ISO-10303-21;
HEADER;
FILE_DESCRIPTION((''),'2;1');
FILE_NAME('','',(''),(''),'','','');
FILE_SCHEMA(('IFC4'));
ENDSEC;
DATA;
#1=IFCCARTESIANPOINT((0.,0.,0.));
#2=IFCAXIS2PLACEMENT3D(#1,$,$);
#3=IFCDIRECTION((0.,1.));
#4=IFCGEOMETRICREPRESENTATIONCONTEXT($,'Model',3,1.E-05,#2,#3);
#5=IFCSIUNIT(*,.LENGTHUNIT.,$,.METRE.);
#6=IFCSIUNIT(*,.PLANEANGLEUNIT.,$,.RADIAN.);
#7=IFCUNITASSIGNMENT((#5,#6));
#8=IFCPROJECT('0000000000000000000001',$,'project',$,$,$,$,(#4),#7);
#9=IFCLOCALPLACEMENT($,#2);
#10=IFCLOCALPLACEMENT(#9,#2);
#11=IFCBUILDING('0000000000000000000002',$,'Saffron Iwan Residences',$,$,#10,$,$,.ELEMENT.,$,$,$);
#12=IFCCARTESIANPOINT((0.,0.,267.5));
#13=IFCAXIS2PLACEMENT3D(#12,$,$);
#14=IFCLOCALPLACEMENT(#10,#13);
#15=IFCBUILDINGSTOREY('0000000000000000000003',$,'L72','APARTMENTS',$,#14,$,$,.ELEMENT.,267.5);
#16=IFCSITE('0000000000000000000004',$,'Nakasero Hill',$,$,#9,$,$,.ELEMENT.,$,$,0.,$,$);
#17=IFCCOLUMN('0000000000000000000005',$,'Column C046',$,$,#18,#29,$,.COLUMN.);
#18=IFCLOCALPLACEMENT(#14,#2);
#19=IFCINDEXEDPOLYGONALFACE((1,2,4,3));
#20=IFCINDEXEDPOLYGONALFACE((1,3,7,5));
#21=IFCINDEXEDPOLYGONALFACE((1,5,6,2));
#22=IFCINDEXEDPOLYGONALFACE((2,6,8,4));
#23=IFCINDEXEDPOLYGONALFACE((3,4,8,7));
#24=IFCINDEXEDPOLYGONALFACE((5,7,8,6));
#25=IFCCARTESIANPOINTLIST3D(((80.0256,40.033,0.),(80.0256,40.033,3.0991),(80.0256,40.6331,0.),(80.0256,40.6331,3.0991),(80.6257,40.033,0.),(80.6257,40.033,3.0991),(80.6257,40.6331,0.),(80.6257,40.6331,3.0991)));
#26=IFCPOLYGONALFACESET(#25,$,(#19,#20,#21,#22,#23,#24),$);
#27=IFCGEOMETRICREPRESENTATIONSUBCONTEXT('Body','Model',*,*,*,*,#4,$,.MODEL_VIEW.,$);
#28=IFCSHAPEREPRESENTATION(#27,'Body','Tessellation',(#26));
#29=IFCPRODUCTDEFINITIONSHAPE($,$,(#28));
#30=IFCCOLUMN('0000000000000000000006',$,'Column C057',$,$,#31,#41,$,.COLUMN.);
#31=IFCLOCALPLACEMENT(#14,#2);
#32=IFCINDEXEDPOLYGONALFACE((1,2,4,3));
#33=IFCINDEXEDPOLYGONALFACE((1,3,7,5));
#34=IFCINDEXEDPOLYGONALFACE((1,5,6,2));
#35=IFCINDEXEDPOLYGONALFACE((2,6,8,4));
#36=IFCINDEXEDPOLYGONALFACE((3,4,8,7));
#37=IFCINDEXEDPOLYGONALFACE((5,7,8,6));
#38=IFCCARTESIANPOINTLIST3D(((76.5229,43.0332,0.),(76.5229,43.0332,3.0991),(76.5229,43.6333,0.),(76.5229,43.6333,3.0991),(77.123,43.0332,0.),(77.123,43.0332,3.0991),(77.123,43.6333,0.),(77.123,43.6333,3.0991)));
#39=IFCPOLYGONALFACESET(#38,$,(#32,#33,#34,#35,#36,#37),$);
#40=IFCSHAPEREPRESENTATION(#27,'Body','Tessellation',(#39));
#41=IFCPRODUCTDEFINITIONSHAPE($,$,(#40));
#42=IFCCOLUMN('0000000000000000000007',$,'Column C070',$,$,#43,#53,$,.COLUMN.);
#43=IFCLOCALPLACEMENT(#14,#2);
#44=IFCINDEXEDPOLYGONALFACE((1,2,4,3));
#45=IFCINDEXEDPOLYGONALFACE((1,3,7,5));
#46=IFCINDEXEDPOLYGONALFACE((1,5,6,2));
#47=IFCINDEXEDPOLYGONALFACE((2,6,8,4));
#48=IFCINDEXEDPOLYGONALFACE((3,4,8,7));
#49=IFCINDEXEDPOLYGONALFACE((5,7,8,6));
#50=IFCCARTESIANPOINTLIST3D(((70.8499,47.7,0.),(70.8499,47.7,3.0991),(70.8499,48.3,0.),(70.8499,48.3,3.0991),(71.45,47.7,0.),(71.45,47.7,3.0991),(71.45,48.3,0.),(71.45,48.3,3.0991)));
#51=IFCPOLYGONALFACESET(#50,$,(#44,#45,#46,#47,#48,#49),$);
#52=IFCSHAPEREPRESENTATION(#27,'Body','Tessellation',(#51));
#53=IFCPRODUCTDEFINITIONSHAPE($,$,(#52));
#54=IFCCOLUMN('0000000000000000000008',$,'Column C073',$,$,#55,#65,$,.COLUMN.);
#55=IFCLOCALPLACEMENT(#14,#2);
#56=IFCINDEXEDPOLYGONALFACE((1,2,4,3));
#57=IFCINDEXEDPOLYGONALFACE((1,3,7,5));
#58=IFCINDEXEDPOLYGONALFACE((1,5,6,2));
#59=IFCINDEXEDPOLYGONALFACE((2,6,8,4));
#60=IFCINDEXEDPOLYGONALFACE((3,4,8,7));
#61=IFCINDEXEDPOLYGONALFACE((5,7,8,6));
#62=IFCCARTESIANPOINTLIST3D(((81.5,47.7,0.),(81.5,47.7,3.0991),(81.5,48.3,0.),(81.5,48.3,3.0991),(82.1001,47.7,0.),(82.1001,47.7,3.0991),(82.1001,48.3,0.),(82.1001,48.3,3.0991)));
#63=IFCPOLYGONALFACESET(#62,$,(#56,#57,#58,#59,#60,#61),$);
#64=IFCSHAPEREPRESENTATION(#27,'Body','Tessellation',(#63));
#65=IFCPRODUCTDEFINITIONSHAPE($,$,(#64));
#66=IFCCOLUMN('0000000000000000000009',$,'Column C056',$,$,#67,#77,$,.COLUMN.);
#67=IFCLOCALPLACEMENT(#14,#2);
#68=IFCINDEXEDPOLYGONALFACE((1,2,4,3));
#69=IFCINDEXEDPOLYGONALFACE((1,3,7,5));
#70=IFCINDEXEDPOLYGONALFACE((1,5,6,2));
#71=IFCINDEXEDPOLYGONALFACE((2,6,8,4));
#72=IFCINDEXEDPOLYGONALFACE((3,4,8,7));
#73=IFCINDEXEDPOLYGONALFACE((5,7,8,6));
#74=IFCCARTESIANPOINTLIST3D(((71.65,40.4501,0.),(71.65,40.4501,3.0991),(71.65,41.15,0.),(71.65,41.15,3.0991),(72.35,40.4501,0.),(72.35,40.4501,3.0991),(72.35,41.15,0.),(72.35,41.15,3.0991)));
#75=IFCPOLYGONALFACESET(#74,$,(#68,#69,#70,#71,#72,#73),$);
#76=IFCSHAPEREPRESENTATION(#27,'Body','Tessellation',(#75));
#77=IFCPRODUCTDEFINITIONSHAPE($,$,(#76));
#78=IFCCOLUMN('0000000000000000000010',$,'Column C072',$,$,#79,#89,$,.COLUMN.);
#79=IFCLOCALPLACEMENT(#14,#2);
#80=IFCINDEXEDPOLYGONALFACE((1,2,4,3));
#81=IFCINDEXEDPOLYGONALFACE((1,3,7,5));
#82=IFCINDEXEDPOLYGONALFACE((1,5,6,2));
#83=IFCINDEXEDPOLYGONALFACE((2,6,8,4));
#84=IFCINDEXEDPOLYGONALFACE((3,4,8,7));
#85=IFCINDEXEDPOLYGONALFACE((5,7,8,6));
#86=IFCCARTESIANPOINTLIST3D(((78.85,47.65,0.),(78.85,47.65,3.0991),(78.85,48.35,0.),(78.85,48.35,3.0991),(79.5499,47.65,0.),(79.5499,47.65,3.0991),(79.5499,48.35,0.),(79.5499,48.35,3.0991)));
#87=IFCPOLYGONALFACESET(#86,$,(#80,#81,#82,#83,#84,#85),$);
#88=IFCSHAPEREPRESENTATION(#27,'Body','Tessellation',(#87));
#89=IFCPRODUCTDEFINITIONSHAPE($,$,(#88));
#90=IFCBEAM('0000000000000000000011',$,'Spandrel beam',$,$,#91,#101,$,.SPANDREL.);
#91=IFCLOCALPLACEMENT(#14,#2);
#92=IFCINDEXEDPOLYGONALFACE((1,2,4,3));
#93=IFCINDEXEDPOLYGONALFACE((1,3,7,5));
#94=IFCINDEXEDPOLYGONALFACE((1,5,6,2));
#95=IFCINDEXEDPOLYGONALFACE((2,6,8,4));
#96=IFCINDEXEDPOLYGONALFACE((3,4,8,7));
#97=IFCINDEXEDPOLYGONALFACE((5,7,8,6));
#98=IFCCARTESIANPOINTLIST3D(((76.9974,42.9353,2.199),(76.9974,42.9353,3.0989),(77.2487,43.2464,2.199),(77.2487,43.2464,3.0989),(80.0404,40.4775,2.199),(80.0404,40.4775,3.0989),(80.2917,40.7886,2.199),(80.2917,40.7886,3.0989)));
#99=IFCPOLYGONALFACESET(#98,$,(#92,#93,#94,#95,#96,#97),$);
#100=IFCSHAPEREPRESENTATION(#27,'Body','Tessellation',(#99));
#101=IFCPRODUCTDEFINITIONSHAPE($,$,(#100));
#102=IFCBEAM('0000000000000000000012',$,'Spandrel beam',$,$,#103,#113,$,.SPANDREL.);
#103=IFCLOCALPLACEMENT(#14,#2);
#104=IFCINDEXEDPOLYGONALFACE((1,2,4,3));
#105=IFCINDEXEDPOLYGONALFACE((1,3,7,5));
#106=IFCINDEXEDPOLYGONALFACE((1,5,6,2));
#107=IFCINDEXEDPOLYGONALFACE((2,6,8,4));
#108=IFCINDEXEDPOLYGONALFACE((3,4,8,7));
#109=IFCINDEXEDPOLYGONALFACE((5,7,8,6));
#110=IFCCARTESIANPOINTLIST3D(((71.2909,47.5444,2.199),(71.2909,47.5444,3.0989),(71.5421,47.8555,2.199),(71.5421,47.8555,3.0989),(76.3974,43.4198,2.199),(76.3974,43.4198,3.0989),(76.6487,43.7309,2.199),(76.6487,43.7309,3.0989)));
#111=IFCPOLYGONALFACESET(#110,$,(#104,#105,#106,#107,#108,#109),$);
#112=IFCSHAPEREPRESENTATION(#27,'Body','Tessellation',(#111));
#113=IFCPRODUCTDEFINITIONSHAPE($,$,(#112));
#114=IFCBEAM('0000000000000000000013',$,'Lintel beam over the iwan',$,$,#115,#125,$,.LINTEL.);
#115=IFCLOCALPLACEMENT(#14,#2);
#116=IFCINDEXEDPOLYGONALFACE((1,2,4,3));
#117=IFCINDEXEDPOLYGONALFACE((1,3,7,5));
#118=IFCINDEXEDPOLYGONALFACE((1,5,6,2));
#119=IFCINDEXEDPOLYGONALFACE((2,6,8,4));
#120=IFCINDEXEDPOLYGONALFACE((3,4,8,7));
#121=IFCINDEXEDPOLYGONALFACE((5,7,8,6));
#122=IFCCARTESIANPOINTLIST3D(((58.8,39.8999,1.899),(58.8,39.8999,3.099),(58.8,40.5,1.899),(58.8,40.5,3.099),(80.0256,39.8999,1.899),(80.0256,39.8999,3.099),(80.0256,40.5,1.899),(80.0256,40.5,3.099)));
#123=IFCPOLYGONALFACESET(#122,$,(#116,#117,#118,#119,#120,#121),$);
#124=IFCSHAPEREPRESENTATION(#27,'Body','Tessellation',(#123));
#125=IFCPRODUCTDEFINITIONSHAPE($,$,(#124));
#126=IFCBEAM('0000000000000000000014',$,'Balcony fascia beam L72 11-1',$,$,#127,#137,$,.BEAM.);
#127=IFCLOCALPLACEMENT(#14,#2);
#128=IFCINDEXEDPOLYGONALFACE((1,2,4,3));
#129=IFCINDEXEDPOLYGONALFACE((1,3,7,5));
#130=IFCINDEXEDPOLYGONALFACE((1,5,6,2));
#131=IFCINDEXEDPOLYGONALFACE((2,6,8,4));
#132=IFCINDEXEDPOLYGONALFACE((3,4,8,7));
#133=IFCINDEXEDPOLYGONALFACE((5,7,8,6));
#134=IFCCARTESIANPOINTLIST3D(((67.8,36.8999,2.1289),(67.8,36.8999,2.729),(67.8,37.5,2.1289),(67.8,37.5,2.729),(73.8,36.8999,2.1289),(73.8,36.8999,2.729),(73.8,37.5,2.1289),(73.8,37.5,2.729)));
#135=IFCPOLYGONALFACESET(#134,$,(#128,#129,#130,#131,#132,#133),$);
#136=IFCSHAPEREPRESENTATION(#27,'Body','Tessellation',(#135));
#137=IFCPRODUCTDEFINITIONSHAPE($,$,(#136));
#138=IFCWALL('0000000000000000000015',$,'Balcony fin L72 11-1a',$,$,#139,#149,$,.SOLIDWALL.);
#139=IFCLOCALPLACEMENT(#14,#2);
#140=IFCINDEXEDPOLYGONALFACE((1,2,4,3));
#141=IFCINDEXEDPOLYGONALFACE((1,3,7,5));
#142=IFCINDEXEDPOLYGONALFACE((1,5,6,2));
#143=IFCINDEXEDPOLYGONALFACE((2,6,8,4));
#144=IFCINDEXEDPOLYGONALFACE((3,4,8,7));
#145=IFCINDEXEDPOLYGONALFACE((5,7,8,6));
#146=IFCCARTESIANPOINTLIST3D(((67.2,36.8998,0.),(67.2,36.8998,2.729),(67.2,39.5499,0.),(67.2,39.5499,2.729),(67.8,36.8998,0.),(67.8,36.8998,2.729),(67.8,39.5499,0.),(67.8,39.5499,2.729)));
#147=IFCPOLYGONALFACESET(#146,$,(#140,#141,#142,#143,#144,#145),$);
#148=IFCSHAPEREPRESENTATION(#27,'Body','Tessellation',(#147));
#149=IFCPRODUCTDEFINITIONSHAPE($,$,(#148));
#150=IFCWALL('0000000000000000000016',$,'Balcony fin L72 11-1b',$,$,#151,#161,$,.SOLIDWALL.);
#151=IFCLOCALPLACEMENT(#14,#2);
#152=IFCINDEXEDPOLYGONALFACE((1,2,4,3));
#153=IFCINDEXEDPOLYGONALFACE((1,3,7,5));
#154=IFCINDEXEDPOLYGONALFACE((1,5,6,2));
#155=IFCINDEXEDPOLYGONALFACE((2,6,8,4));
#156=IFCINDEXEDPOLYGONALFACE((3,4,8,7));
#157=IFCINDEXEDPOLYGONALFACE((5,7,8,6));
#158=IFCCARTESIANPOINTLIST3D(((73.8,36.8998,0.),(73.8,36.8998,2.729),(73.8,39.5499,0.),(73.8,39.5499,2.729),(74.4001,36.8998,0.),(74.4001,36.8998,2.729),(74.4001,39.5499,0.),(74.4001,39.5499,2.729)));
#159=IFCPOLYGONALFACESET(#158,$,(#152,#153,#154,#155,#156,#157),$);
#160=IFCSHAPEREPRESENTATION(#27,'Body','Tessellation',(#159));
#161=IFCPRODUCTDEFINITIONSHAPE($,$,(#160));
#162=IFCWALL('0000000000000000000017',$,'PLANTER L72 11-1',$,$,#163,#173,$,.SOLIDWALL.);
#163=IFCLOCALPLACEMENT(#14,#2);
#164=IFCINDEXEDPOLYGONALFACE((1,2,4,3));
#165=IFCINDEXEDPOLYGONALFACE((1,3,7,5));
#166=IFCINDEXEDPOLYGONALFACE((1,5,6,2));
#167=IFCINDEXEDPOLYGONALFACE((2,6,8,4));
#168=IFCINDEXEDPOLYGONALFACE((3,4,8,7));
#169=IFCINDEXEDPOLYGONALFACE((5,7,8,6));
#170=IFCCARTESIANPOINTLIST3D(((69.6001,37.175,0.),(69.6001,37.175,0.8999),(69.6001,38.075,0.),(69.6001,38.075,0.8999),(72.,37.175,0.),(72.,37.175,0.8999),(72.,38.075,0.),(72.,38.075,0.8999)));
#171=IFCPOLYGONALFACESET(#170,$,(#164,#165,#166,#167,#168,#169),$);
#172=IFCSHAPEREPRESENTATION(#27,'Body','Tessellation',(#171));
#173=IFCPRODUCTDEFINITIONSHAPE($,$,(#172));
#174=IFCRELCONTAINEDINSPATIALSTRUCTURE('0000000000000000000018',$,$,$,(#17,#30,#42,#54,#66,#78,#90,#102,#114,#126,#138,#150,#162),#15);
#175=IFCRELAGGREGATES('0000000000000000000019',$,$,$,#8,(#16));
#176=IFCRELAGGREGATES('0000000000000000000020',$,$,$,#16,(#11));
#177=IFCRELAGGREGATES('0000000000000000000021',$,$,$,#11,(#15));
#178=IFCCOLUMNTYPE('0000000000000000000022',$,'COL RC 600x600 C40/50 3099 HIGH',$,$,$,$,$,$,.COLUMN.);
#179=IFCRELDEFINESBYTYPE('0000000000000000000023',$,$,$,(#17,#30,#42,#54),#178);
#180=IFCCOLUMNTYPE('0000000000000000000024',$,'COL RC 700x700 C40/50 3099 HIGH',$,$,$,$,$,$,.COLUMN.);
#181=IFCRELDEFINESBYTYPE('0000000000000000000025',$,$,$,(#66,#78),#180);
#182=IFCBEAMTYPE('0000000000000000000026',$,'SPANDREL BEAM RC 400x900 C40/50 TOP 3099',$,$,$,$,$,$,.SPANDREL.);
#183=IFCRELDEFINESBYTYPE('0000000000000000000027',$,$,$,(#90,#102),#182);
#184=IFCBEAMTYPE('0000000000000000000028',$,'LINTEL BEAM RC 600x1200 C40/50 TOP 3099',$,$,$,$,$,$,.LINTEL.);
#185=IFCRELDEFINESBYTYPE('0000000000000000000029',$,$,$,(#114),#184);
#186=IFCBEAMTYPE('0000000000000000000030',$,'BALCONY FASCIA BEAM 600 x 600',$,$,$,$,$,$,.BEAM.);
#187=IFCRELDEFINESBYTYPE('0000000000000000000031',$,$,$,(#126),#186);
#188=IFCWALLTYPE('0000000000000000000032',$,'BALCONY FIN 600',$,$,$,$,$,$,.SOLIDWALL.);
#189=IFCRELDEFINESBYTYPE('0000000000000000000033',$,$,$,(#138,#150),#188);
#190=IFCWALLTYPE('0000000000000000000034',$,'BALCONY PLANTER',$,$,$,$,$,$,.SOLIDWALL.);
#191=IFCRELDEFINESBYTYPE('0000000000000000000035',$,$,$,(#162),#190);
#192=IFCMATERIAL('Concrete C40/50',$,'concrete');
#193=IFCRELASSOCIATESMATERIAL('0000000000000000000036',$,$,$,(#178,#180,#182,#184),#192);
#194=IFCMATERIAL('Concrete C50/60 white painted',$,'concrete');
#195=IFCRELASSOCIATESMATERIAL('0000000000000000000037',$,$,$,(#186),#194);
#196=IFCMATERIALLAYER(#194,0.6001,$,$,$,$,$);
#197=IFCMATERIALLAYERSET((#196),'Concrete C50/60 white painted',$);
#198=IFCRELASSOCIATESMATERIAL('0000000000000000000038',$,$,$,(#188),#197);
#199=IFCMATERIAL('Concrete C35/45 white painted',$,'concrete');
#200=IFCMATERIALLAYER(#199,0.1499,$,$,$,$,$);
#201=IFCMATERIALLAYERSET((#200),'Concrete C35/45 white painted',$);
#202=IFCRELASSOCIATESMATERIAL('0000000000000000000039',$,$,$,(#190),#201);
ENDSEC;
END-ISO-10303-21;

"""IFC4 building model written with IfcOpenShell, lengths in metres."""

from ifc_helpers import new_model, si_unit, direction, frame, frame_2d, origin, origin_2d, place, context, subcontext, project, spatial, rectangle, extrude, source, transform, mapped, material, layer, layer_set, material_profile, profile_set, type_object, element, save


model = new_model("IFC4")

# Units and contexts
model_context = context("Model", 3, precision=1e-05, world=origin(), true_north=direction((0.0, 1.0)))
body_context = subcontext(model_context, "Body", "Model", "MODEL_VIEW")
ifc_project = project(units=[si_unit("LENGTHUNIT", "METRE"), si_unit("PLANEANGLEUNIT", "RADIAN")], contexts=[model_context])

# Site, building, storey
site_placement = place(None, origin())
site = spatial("IfcSite", under=ifc_project, at=site_placement, Name="Nakasero Hill", CompositionType="ELEMENT", RefElevation=0.0)
building_placement = place(site_placement, origin())
building = spatial("IfcBuilding", under=site, at=building_placement, Name="Saffron Iwan Residences", CompositionType="ELEMENT")
storey_placement = place(building_placement, frame((0.0, 0.0, 267.5)))
storey = spatial("IfcBuildingStorey", under=building, at=storey_placement, Name="L72", Description="APARTMENTS", CompositionType="ELEMENT", Elevation=267.5)

# Columns
ifc_material_1 = material(Name="Concrete C40/50", Category="concrete")
ifc_material_profile_1 = material_profile(ifc_material_1, rectangle(XDim=0.6001, YDim=0.6001, at=origin_2d()), Name="RC 600x600")
ifc_profile_set_1 = profile_set([ifc_material_profile_1], Name="Concrete C40/50")
column_type_1 = type_object("IfcColumnType", Name="COL RC 600x600 C40/50 3099 HIGH", PredefinedType="COLUMN", material=ifc_profile_set_1)
shared_shape_1 = source(origin(), body_context, "Body", "SweptSolid", [
    extrude(rectangle(XDim=0.6001, YDim=0.6001, at=origin_2d()), origin(), (0.0, 0.0, 1.0), 3.0991),
])
for number, where, z_axis, x_axis, name in (
    (1, (80.3257, 40.333, 0.0), (0.0, 0.0, 1.0), (1.0, 0.0, 0.0), "Column C046"),
    (2, (76.823, 43.3333, 0.0), (0.0, 0.0, 1.0), (1.0, 0.0, 0.0), "Column C057"),
    (3, (71.1499, 48.0, 0.0), (0.0, 0.0, 1.0), (1.0, 0.0, 0.0), "Column C070"),
    (4, (81.8, 48.0, 0.0), (0.0, 0.0, 1.0), (1.0, 0.0, 0.0), "Column C073"),
):
    element("IfcColumn", number, at=place(storey_placement, frame(where, z_axis=z_axis, x_axis=x_axis)), inside=storey, type_object=column_type_1, Name=name, PredefinedType="COLUMN", context=body_context, shape_type="MappedRepresentation", body=[
        mapped(shared_shape_1, transform((0.0, 0.0, 0.0))),
    ])
ifc_material_profile_2 = material_profile(ifc_material_1, rectangle(XDim=0.7, YDim=0.7, at=origin_2d()), Name="RC 700x700")
ifc_profile_set_2 = profile_set([ifc_material_profile_2], Name="Concrete C40/50")
column_type_2 = type_object("IfcColumnType", Name="COL RC 700x700 C40/50 3099 HIGH", PredefinedType="COLUMN", material=ifc_profile_set_2)
shared_shape_2 = source(origin(), body_context, "Body", "SweptSolid", [
    extrude(rectangle(XDim=0.7, YDim=0.7, at=origin_2d()), origin(), (0.0, 0.0, 1.0), 3.0991),
])
for number, where, z_axis, x_axis, name in (
    (5, (72.0, 40.8, 0.0), (0.0, 0.0, 1.0), (1.0, 0.0, 0.0), "Column C056"),
    (6, (79.2, 48.0, 0.0), (0.0, 0.0, 1.0), (1.0, 0.0, 0.0), "Column C072"),
):
    element("IfcColumn", number, at=place(storey_placement, frame(where, z_axis=z_axis, x_axis=x_axis)), inside=storey, type_object=column_type_2, Name=name, PredefinedType="COLUMN", context=body_context, shape_type="MappedRepresentation", body=[
        mapped(shared_shape_2, transform((0.0, 0.0, 0.0))),
    ])

# Beams
ifc_material_profile_3 = material_profile(ifc_material_1, rectangle(XDim=0.3999, YDim=0.8999, at=origin_2d()), Name="RC 400x900")
ifc_profile_set_3 = profile_set([ifc_material_profile_3], Name="Concrete C40/50")
beam_type_1 = type_object("IfcBeamType", Name="SPANDREL BEAM RC 400x900 C40/50 TOP 3099", PredefinedType="SPANDREL", material=ifc_profile_set_3)
shared_shape_3 = source(origin(), body_context, "Body", "SweptSolid", [
    extrude(rectangle(XDim=0.3999, YDim=0.8999, at=origin_2d()), origin(), (0.0, 0.0, 1.0), 3.9116),
])
beam_1_placement = place(storey_placement, frame((77.123, 43.0908, 2.6489), z_axis=(0.777944, -0.628334, 0.0), x_axis=(0.628334, 0.777944, 0.0)))
element("IfcBeam", 7, at=beam_1_placement, inside=storey, type_object=beam_type_1, Name="Spandrel beam", PredefinedType="SPANDREL", context=body_context, shape_type="MappedRepresentation", body=[
    mapped(shared_shape_3, transform((0.0, 0.0, 0.0))),
])
shared_shape_4 = source(origin(), body_context, "Body", "SweptSolid", [
    extrude(rectangle(XDim=0.3999, YDim=0.8999, at=origin_2d()), origin(), (0.0, 0.0, 1.0), 6.5642),
])
beam_2_placement = place(storey_placement, frame((71.4165, 47.7, 2.6489), z_axis=(0.777936, -0.628344, 0.0), x_axis=(0.628344, 0.777936, 0.0)))
element("IfcBeam", 8, at=beam_2_placement, inside=storey, type_object=beam_type_1, Name="Spandrel beam", PredefinedType="SPANDREL", context=body_context, shape_type="MappedRepresentation", body=[
    mapped(shared_shape_4, transform((0.0, 0.0, 0.0))),
])
ifc_material_profile_4 = material_profile(ifc_material_1, rectangle(XDim=0.6001, YDim=1.2, at=origin_2d()), Name="RC 600x1200")
ifc_profile_set_4 = profile_set([ifc_material_profile_4], Name="Concrete C40/50")
beam_type_2 = type_object("IfcBeamType", Name="LINTEL BEAM RC 600x1200 C40/50 TOP 3099", PredefinedType="LINTEL", material=ifc_profile_set_4)
shared_shape_5 = source(origin(), body_context, "Body", "SweptSolid", [
    extrude(rectangle(XDim=0.6001, YDim=1.2, at=origin_2d()), origin(), (0.0, 0.0, 1.0), 21.2256),
])
beam_3_placement = place(storey_placement, frame((80.0256, 40.2, 2.499), z_axis=(-1.0, 0.0, 0.0), x_axis=(0.0, -1.0, 0.0)))
element("IfcBeam", 9, at=beam_3_placement, inside=storey, type_object=beam_type_2, Name="Lintel beam over the iwan", PredefinedType="LINTEL", context=body_context, shape_type="MappedRepresentation", body=[
    mapped(shared_shape_5, transform((0.0, 0.0, 0.0))),
])
ifc_material_2 = material(Name="Concrete C50/60 white painted", Category="concrete")
ifc_material_profile_5 = material_profile(ifc_material_2, rectangle(XDim=0.6001, YDim=0.6001, at=origin_2d()), Name="BALCONY FASCIA BEAM 600 x 600")
ifc_profile_set_5 = profile_set([ifc_material_profile_5], Name="Concrete C50/60 white painted")
beam_type_3 = type_object("IfcBeamType", Name="BALCONY FASCIA BEAM 600 x 600", PredefinedType="BEAM", material=ifc_profile_set_5)
shared_shape_6 = source(origin(), body_context, "Body", "SweptSolid", [
    extrude(rectangle(XDim=0.6001, YDim=0.6001, at=origin_2d()), origin(), (0.0, 0.0, 1.0), 6.0),
])
beam_4_placement = place(storey_placement, frame((67.8, 37.2, 2.429), z_axis=(1.0, 0.0, 0.0), x_axis=(0.0, 1.0, 0.0)))
element("IfcBeam", 10, at=beam_4_placement, inside=storey, type_object=beam_type_3, Name="Balcony fascia beam L72 11-1", PredefinedType="BEAM", context=body_context, shape_type="MappedRepresentation", body=[
    mapped(shared_shape_6, transform((0.0, 0.0, 0.0))),
])

# Walls
ifc_layer_1 = layer(ifc_material_2, 0.6001)
ifc_layer_set_1 = layer_set([ifc_layer_1], Name="Concrete C50/60 white painted")
wall_type_1 = type_object("IfcWallType", Name="BALCONY FIN 600", PredefinedType="SOLIDWALL", material=ifc_layer_set_1)
for number, where, z_axis, x_axis, name in (
    (11, (67.5, 39.55, 0.0), (0.0, 0.0, 1.0), (0.0, -1.0, 0.0), "Balcony fin L72 11-1a"),
    (12, (74.1001, 39.55, 0.0), (0.0, 0.0, 1.0), (0.0, -1.0, 0.0), "Balcony fin L72 11-1b"),
):
    element("IfcWall", number, at=place(storey_placement, frame(where, z_axis=z_axis, x_axis=x_axis)), inside=storey, type_object=wall_type_1, Name=name, PredefinedType="SOLIDWALL", context=body_context, shape_type="SweptSolid", body=[
        extrude(rectangle(XDim=2.6501, YDim=0.6001, at=frame_2d((1.3252, 0.0))), origin(), (0.0, 0.0, 1.0), 2.729),
    ])
ifc_material_3 = material(Name="Concrete C35/45 white painted", Category="concrete")
ifc_layer_2 = layer(ifc_material_3, 0.1499)
ifc_layer_set_2 = layer_set([ifc_layer_2], Name="Concrete C35/45 white painted")
wall_type_2 = type_object("IfcWallType", Name="BALCONY PLANTER", PredefinedType="SOLIDWALL", material=ifc_layer_set_2)
wall_1_placement = place(storey_placement, frame((69.6001, 37.625, 0.0), z_axis=(0.0, 0.0, 1.0), x_axis=(1.0, 0.0, 0.0)))
element("IfcWall", 13, at=wall_1_placement, inside=storey, type_object=wall_type_2, Name="PLANTER L72 11-1", PredefinedType="SOLIDWALL", context=body_context, shape_type="SweptSolid", body=[
    extrude(rectangle(XDim=2.3999, YDim=0.8999, at=frame_2d((1.2, 0.0))), origin(), (0.0, 0.0, 1.0), 0.8999),
])

save(model, "model.ifc")
